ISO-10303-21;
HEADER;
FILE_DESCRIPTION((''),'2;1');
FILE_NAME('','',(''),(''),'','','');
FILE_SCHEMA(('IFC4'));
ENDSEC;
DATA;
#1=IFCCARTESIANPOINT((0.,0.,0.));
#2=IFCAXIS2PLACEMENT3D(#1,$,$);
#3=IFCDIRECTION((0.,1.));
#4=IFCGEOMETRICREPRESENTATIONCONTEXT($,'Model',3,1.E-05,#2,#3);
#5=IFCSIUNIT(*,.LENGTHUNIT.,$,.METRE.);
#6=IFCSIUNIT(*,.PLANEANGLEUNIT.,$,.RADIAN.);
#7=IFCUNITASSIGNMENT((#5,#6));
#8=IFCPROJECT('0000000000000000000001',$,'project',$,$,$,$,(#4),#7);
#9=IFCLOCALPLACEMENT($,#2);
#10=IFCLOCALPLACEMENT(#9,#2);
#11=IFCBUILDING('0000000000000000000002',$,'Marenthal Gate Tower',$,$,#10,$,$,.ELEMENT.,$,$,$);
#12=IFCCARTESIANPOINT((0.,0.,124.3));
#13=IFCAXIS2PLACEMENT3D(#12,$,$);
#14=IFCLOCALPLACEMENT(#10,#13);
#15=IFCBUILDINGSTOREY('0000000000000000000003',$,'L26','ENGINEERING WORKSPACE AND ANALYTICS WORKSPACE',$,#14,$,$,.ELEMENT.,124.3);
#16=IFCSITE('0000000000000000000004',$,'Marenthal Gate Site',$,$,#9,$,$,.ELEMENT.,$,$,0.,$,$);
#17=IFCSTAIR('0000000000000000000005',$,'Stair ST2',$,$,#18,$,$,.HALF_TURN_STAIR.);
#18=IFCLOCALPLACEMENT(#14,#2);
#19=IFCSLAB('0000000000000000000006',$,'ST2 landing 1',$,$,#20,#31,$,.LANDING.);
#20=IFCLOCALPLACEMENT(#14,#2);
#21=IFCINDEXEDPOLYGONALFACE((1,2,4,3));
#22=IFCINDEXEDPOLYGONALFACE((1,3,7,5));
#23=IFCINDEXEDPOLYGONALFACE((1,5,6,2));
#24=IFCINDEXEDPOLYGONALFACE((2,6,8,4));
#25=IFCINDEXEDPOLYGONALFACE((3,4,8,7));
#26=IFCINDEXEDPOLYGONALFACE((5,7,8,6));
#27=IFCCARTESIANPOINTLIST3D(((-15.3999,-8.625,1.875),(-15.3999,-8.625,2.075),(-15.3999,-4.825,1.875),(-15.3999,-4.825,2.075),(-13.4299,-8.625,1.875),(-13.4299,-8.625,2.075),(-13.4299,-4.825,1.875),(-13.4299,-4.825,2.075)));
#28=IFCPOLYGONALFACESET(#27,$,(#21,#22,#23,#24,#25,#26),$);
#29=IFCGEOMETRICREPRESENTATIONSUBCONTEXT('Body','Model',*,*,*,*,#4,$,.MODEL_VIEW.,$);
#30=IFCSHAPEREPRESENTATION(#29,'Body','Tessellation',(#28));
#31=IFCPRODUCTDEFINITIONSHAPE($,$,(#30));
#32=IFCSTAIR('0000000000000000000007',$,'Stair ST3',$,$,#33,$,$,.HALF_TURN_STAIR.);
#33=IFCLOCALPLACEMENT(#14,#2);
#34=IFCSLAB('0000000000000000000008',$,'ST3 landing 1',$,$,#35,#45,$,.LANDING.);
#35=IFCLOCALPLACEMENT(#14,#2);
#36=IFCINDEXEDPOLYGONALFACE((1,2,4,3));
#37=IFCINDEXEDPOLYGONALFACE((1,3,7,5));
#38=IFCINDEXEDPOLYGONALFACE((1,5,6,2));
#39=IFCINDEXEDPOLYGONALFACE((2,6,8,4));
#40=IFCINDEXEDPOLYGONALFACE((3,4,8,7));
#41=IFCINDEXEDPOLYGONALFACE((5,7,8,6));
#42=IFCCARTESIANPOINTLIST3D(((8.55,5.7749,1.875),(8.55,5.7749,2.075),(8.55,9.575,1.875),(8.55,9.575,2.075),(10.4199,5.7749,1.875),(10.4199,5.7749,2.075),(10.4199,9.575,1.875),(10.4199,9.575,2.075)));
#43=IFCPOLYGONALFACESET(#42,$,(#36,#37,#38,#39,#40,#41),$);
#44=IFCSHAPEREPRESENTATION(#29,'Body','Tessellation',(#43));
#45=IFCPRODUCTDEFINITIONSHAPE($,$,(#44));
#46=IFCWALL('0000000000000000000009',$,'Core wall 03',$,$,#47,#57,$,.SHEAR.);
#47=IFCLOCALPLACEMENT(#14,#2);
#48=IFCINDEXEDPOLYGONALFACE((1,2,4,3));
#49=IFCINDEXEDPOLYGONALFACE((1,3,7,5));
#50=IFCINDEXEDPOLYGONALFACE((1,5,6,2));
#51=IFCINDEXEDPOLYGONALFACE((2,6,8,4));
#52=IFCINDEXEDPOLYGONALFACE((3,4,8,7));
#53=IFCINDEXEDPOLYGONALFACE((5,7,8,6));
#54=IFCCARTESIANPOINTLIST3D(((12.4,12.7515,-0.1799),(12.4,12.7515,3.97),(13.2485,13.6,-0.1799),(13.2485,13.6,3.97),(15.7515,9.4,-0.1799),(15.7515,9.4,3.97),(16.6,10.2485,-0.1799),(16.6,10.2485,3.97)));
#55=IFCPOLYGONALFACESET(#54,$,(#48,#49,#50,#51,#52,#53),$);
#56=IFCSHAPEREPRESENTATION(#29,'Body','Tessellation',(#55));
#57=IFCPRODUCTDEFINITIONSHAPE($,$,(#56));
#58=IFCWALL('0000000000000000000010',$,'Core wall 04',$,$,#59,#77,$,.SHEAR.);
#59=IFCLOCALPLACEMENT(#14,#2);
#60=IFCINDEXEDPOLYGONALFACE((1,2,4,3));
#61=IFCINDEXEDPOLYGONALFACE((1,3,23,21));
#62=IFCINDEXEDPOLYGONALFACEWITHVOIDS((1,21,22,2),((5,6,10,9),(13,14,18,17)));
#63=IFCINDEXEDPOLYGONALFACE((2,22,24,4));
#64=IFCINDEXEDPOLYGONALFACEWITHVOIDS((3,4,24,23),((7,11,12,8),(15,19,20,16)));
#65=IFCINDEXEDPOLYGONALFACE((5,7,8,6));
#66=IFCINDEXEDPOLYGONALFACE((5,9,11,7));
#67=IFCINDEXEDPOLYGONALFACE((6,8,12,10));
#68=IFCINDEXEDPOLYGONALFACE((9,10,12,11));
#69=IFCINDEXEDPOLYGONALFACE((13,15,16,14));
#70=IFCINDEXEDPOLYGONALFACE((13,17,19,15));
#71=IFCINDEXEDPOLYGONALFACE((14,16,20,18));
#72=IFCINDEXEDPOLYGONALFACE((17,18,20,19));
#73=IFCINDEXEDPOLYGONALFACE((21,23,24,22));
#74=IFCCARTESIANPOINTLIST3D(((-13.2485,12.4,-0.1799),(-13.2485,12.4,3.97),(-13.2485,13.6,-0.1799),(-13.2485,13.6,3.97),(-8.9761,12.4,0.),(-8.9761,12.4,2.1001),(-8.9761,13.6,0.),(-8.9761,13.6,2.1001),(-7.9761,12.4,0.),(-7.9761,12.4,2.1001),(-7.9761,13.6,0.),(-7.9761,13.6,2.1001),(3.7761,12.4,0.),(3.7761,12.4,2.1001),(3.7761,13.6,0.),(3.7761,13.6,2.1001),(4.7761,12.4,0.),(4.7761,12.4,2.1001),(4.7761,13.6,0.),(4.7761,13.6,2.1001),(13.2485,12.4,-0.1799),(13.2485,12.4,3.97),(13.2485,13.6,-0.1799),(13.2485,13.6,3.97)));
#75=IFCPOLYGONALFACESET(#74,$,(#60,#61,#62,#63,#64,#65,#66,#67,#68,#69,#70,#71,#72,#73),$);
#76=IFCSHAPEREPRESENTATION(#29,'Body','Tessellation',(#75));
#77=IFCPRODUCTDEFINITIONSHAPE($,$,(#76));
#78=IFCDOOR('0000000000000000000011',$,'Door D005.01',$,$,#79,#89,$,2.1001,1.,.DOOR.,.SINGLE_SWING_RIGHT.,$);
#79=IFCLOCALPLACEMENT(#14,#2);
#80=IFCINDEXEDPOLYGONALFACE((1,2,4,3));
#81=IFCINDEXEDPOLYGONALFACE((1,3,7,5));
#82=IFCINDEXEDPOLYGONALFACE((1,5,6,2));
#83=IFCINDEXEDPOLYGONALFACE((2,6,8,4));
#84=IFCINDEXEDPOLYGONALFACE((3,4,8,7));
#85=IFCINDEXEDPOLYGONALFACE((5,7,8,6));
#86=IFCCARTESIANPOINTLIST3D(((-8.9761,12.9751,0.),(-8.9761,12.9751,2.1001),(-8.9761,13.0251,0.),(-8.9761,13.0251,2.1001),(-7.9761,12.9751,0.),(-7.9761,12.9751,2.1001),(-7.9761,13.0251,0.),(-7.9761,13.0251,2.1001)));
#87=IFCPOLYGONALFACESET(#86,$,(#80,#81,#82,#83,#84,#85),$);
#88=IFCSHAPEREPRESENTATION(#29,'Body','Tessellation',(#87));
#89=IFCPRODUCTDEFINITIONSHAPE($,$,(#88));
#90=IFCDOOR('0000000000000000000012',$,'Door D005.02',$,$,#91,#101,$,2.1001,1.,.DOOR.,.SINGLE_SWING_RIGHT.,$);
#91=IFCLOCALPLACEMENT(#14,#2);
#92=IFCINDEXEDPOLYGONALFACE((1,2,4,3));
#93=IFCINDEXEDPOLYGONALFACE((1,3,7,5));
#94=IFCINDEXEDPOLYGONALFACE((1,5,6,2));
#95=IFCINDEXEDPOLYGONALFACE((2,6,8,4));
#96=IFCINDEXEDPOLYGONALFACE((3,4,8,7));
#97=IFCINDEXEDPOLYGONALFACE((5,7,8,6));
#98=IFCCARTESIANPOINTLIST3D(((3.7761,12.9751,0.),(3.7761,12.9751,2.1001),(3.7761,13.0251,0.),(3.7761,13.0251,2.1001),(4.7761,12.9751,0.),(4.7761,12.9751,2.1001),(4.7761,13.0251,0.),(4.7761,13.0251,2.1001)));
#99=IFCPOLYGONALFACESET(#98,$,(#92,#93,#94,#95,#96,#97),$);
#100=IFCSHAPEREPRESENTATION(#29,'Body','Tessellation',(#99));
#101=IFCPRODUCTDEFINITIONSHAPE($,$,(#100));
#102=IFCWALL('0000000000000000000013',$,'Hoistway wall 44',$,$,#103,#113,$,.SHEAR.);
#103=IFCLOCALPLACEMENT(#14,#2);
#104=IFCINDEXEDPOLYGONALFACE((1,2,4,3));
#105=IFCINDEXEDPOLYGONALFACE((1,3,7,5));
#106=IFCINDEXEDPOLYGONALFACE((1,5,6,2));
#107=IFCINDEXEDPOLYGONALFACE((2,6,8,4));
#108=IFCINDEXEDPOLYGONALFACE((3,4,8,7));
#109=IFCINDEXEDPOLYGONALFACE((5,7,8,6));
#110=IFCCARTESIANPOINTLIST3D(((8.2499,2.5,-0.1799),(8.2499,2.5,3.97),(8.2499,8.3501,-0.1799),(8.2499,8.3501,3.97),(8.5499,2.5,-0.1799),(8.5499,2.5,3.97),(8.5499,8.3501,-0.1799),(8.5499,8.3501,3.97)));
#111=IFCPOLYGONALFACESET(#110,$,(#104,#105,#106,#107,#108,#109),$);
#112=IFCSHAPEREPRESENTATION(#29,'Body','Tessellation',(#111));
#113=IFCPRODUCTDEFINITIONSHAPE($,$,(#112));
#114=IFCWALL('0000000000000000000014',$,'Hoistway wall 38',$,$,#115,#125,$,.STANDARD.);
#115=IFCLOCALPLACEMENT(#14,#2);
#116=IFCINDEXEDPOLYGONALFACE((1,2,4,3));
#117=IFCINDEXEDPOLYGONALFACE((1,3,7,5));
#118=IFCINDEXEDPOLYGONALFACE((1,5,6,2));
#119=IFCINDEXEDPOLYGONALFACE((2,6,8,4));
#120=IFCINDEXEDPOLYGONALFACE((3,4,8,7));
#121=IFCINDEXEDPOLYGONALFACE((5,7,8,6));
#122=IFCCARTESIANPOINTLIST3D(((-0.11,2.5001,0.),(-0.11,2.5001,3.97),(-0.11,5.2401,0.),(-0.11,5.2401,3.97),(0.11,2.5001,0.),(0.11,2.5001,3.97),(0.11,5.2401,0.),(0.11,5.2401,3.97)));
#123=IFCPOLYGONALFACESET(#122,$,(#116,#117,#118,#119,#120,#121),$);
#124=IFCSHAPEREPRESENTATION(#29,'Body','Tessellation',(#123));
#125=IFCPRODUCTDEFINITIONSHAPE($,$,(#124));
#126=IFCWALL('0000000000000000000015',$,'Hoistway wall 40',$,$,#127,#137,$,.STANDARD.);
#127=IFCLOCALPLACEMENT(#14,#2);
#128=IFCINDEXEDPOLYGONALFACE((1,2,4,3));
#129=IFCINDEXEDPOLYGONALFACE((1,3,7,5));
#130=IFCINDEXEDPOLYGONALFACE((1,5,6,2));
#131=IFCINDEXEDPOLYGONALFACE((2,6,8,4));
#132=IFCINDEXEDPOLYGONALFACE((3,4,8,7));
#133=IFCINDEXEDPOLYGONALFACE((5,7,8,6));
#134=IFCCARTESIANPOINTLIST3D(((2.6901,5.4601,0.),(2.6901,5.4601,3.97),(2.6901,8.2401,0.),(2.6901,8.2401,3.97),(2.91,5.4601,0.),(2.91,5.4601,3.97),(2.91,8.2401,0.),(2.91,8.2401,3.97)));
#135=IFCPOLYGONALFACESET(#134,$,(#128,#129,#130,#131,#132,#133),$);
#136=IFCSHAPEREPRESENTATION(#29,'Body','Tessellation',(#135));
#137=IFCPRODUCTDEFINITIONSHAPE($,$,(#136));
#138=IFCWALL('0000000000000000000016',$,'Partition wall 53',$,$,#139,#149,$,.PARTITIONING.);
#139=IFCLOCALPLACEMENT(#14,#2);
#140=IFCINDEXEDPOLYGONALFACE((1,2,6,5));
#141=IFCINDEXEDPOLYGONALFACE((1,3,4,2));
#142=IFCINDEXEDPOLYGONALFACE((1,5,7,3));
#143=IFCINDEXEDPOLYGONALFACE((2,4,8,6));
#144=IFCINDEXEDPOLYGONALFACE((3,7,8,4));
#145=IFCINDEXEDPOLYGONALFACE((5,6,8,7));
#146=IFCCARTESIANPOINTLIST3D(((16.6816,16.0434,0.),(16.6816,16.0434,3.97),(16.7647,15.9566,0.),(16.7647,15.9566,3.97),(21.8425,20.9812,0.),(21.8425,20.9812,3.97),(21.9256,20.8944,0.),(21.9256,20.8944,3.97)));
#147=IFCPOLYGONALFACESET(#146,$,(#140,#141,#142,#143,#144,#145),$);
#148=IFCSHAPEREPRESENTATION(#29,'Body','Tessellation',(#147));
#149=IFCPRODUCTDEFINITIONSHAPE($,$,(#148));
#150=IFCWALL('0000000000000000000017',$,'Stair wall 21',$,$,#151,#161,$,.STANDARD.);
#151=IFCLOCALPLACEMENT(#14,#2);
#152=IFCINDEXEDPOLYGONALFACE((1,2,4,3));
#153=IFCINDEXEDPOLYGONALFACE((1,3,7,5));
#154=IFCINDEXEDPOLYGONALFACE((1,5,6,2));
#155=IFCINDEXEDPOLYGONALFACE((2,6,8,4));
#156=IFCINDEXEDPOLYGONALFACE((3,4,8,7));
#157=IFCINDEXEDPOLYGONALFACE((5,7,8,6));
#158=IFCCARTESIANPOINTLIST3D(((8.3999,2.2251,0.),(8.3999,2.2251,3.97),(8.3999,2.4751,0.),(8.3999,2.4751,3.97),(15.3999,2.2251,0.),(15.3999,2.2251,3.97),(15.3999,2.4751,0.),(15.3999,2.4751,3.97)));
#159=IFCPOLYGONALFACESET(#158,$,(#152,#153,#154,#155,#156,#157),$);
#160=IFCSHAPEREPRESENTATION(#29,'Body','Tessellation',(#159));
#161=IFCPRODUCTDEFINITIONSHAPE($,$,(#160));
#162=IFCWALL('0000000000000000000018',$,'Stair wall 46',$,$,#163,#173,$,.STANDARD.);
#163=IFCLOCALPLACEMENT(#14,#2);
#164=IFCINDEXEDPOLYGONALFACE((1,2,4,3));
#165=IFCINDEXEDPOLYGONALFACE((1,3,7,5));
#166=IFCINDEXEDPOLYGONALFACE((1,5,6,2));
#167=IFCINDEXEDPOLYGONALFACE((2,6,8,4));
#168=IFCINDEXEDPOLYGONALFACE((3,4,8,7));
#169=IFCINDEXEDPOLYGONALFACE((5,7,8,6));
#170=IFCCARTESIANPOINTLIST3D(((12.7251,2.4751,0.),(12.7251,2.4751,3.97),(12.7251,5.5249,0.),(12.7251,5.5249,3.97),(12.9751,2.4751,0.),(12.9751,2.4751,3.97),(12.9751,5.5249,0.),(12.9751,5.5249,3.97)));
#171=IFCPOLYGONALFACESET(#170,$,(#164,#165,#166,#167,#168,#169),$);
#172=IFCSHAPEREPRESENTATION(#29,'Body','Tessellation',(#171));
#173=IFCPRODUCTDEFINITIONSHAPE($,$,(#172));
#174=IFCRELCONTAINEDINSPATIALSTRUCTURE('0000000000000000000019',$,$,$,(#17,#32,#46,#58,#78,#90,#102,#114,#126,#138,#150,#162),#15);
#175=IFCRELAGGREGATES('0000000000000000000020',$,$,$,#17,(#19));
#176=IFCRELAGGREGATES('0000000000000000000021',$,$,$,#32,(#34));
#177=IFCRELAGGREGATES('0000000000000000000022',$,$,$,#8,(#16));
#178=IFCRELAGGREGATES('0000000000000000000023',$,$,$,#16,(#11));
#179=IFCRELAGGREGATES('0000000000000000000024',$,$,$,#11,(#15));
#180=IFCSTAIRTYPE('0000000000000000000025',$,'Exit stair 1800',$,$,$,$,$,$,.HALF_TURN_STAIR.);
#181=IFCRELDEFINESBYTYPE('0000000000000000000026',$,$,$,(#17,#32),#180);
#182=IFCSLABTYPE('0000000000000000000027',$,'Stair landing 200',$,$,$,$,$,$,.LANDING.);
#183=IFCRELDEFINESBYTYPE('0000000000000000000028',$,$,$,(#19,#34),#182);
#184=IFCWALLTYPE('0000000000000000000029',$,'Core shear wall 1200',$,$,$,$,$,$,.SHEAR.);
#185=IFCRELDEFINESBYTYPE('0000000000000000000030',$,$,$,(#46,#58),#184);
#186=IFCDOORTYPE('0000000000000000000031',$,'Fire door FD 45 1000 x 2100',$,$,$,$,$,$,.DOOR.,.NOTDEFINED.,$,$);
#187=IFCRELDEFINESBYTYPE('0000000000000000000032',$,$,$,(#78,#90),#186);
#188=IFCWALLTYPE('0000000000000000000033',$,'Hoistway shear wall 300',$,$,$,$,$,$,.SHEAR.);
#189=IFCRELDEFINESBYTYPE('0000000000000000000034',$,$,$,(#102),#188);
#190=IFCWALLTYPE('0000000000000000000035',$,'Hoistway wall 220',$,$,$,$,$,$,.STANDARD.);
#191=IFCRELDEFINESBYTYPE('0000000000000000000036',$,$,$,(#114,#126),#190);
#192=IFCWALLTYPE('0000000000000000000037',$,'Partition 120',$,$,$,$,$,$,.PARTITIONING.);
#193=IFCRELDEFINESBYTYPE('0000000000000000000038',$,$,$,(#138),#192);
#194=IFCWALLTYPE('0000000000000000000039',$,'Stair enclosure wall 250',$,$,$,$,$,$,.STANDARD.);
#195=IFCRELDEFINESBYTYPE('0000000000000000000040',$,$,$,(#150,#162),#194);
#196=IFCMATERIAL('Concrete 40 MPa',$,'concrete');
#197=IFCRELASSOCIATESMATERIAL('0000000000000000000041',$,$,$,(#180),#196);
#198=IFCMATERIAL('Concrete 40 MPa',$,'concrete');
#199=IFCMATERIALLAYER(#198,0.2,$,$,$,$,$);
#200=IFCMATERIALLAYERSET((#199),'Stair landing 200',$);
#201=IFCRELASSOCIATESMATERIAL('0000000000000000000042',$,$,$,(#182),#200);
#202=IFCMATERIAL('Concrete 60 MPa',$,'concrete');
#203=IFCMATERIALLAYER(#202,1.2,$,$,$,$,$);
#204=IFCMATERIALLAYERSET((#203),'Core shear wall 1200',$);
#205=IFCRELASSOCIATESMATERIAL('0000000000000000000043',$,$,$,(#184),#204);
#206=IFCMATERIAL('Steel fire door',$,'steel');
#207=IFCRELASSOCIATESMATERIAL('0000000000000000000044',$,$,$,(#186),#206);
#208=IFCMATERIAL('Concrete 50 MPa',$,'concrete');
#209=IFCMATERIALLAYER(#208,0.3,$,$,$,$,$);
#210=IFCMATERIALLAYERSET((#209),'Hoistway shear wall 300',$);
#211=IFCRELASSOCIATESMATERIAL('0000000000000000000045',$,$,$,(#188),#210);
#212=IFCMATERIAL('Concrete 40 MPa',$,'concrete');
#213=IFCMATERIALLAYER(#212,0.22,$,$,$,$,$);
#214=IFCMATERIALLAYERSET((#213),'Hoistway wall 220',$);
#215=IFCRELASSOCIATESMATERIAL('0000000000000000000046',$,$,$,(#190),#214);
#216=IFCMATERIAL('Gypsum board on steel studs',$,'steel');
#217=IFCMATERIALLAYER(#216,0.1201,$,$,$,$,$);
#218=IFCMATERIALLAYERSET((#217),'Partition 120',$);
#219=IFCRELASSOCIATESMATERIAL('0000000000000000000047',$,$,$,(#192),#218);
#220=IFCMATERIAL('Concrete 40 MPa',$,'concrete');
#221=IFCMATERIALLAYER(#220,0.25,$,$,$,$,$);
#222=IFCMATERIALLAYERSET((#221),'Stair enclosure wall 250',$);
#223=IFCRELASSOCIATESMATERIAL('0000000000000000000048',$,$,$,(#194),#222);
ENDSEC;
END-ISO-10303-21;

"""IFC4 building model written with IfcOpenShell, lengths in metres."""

from ifc_helpers import new_model, si_unit, direction, frame, frame_2d, origin, place, context, subcontext, project, spatial, polyline, rectangle, outline, extrude, material, layer, layer_set, type_object, element, fill, aggregate, save


model = new_model("IFC4")

# Units and contexts
model_context = context("Model", 3, precision=1e-05, world=origin(), true_north=direction((0.0, 1.0)))
body_context = subcontext(model_context, "Body", "Model", "MODEL_VIEW")
ifc_project = project(units=[si_unit("LENGTHUNIT", "METRE"), si_unit("PLANEANGLEUNIT", "RADIAN")], contexts=[model_context])

# Site, building, storey
site_placement = place(None, origin())
site = spatial("IfcSite", under=ifc_project, at=site_placement, Name="Marenthal Gate Site", CompositionType="ELEMENT", RefElevation=0.0)
building_placement = place(site_placement, origin())
building = spatial("IfcBuilding", under=site, at=building_placement, Name="Marenthal Gate Tower", CompositionType="ELEMENT")
storey_placement = place(building_placement, frame((0.0, 0.0, 124.3)))
storey = spatial("IfcBuildingStorey", under=building, at=storey_placement, Name="L26", Description="ENGINEERING WORKSPACE AND ANALYTICS WORKSPACE", CompositionType="ELEMENT", Elevation=124.3)

# Stairs, slabs
ifc_material_1 = material(Name="Concrete 40 MPa", Category="concrete")
stair_type = type_object("IfcStairType", Name="Exit stair 1800", PredefinedType="HALF_TURN_STAIR", material=ifc_material_1)
ifc_material_2 = material(Name="Concrete 40 MPa", Category="concrete")
ifc_layer_1 = layer(ifc_material_2, 0.2)
ifc_layer_set_1 = layer_set([ifc_layer_1], Name="Stair landing 200")
slab_type_1 = type_object("IfcSlabType", Name="Stair landing 200", PredefinedType="LANDING", material=ifc_layer_set_1)
stair_1_placement = place(storey_placement, origin())
stair_1 = element("IfcStair", 1, at=stair_1_placement, inside=storey, type_object=stair_type, Name="Stair ST2", PredefinedType="HALF_TURN_STAIR")
slab_1_placement = place(storey_placement, frame((0.0, 0.0, 1.875)))
slab_1 = element("IfcSlab", 2, at=slab_1_placement, type_object=slab_type_1, Name="ST2 landing 1", PredefinedType="LANDING", context=body_context, shape_type="SweptSolid", body=[
    extrude(outline(polyline([(-15.3999, -8.625), (-13.4299, -8.625), (-13.4299, -4.825), (-15.3999, -4.825), (-15.3999, -8.625)])), origin(), (0.0, 0.0, 1.0), 0.2),
])
aggregate(stair_1, [slab_1])
stair_2_placement = place(storey_placement, origin())
stair_2 = element("IfcStair", 3, at=stair_2_placement, inside=storey, type_object=stair_type, Name="Stair ST3", PredefinedType="HALF_TURN_STAIR")
slab_2_placement = place(storey_placement, frame((0.0, 0.0, 1.875)))
slab_2 = element("IfcSlab", 4, at=slab_2_placement, type_object=slab_type_1, Name="ST3 landing 1", PredefinedType="LANDING", context=body_context, shape_type="SweptSolid", body=[
    extrude(outline(polyline([(8.55, 5.7749), (10.4199, 5.7749), (10.4199, 9.575), (8.55, 9.575), (8.55, 5.7749)])), origin(), (0.0, 0.0, 1.0), 0.2),
])

# Wall
ifc_material_3 = material(Name="Concrete 60 MPa", Category="concrete")
ifc_layer_2 = layer(ifc_material_3, 1.2)
ifc_layer_set_2 = layer_set([ifc_layer_2], Name="Core shear wall 1200")
wall_type_1 = type_object("IfcWallType", Name="Core shear wall 1200", PredefinedType="SHEAR", material=ifc_layer_set_2)
wall_1_placement = place(storey_placement, frame((16.1758, 9.8242, -0.1799), z_axis=(0.0, 0.0, 1.0), x_axis=(-0.707107, 0.707107, 0.0)))
element("IfcWall", 5, at=wall_1_placement, inside=storey, type_object=wall_type_1, Name="Core wall 03", PredefinedType="SHEAR", context=body_context, shape_type="SweptSolid", body=[
    extrude(rectangle(XDim=4.7397, YDim=1.2, at=frame_2d((2.3699, 0.0))), origin(), (0.0, 0.0, 1.0), 4.1499),
])

# Wall, openings, doors
wall_2_placement = place(storey_placement, frame((13.2485, 13.0, -0.1799), z_axis=(0.0, 0.0, 1.0), x_axis=(-1.0, 0.0, 0.0)))
wall_2 = element("IfcWall", 6, at=wall_2_placement, inside=storey, type_object=wall_type_1, Name="Core wall 04", PredefinedType="SHEAR", context=body_context, shape_type="SweptSolid", body=[
    extrude(rectangle(XDim=26.4971, YDim=1.2, at=frame_2d((13.2485, 0.0))), origin(), (0.0, 0.0, 1.0), 4.1499),
])
opening_1_placement = place(wall_2_placement, frame((21.2246, 0.0, 0.1799)))
opening_1 = element("IfcOpeningElement", 7, at=opening_1_placement, cuts=wall_2, PredefinedType="OPENING", context=body_context, shape_type="SweptSolid", body=[
    extrude(rectangle(XDim=1.0, YDim=2.1001, at=frame_2d((0.5, 1.05))), frame((0.0, 0.6099, 0.0), z_axis=(0.0, -1.0, 0.0), x_axis=(1.0, 0.0, 0.0)), (0.0, 0.0, 1.0), 1.22),
])
opening_2_placement = place(wall_2_placement, frame((8.4724, 0.0, 0.1799)))
opening_2 = element("IfcOpeningElement", 8, at=opening_2_placement, cuts=wall_2, PredefinedType="OPENING", context=body_context, shape_type="SweptSolid", body=[
    extrude(rectangle(XDim=1.0, YDim=2.1001, at=frame_2d((0.5, 1.05))), frame((0.0, 0.6099, 0.0), z_axis=(0.0, -1.0, 0.0), x_axis=(1.0, 0.0, 0.0)), (0.0, 0.0, 1.0), 1.22),
])
ifc_material_4 = material(Name="Steel fire door", Category="steel")
door_type_1 = type_object("IfcDoorType", Name="Fire door FD 45 1000 x 2100", OperationType="NOTDEFINED", PredefinedType="DOOR", material=ifc_material_4)
door_1_placement = place(opening_1_placement, origin())
door_1 = element("IfcDoor", 9, at=door_1_placement, inside=storey, type_object=door_type_1, Name="Door D005.01", OperationType="SINGLE_SWING_RIGHT", OverallHeight=2.1001, OverallWidth=1.0, PredefinedType="DOOR", context=body_context, shape_type="SweptSolid", body=[
    extrude(rectangle(XDim=1.0, YDim=2.1001, at=frame_2d((0.5, 1.05))), frame((0.0, 0.0249, 0.0), z_axis=(0.0, -1.0, 0.0), x_axis=(1.0, 0.0, 0.0)), (0.0, 0.0, 1.0), 0.05),
])
fill(opening_1, door_1)
door_2_placement = place(opening_2_placement, origin())
door_2 = element("IfcDoor", 10, at=door_2_placement, inside=storey, type_object=door_type_1, Name="Door D005.02", OperationType="SINGLE_SWING_RIGHT", OverallHeight=2.1001, OverallWidth=1.0, PredefinedType="DOOR", context=body_context, shape_type="SweptSolid", body=[
    extrude(rectangle(XDim=1.0, YDim=2.1001, at=frame_2d((0.5, 1.05))), frame((0.0, 0.0249, 0.0), z_axis=(0.0, -1.0, 0.0), x_axis=(1.0, 0.0, 0.0)), (0.0, 0.0, 1.0), 0.05),
])
fill(opening_2, door_2)

# Walls
ifc_material_5 = material(Name="Concrete 50 MPa", Category="concrete")
ifc_layer_3 = layer(ifc_material_5, 0.3)
ifc_layer_set_3 = layer_set([ifc_layer_3], Name="Hoistway shear wall 300")
wall_type_2 = type_object("IfcWallType", Name="Hoistway shear wall 300", PredefinedType="SHEAR", material=ifc_layer_set_3)
wall_3_placement = place(storey_placement, frame((8.3999, 2.5, -0.1799), z_axis=(0.0, 0.0, 1.0), x_axis=(0.0, 1.0, 0.0)))
element("IfcWall", 11, at=wall_3_placement, inside=storey, type_object=wall_type_2, Name="Hoistway wall 44", PredefinedType="SHEAR", context=body_context, shape_type="SweptSolid", body=[
    extrude(rectangle(XDim=5.8501, YDim=0.3, at=frame_2d((2.925, 0.0))), origin(), (0.0, 0.0, 1.0), 4.1499),
])
ifc_material_6 = material(Name="Concrete 40 MPa", Category="concrete")
ifc_layer_4 = layer(ifc_material_6, 0.22)
ifc_layer_set_4 = layer_set([ifc_layer_4], Name="Hoistway wall 220")
wall_type_3 = type_object("IfcWallType", Name="Hoistway wall 220", PredefinedType="STANDARD", material=ifc_layer_set_4)
wall_4_placement = place(storey_placement, frame((0.0, 2.5, 0.0), z_axis=(0.0, 0.0, 1.0), x_axis=(0.0, 1.0, 0.0)))
element("IfcWall", 12, at=wall_4_placement, inside=storey, type_object=wall_type_3, Name="Hoistway wall 38", PredefinedType="STANDARD", context=body_context, shape_type="SweptSolid", body=[
    extrude(rectangle(XDim=2.74, YDim=0.22, at=frame_2d((1.3701, 0.0))), origin(), (0.0, 0.0, 1.0), 3.97),
])
wall_5_placement = place(storey_placement, frame((2.8, 5.46, 0.0), z_axis=(0.0, 0.0, 1.0), x_axis=(0.0, 1.0, 0.0)))
element("IfcWall", 13, at=wall_5_placement, inside=storey, type_object=wall_type_3, Name="Hoistway wall 40", PredefinedType="STANDARD", context=body_context, shape_type="SweptSolid", body=[
    extrude(rectangle(XDim=2.78, YDim=0.22, at=frame_2d((1.3901, 0.0))), origin(), (0.0, 0.0, 1.0), 3.97),
])
ifc_material_7 = material(Name="Gypsum board on steel studs", Category="steel")
ifc_layer_5 = layer(ifc_material_7, 0.1201)
ifc_layer_set_5 = layer_set([ifc_layer_5], Name="Partition 120")
wall_type_4 = type_object("IfcWallType", Name="Partition 120", PredefinedType="PARTITIONING", material=ifc_layer_set_5)
wall_6_placement = place(storey_placement, frame((16.7231, 16.0, 0.0), z_axis=(0.0, 0.0, 1.0), x_axis=(0.722555, 0.691313, 0.0)))
element("IfcWall", 14, at=wall_6_placement, inside=storey, type_object=wall_type_4, Name="Partition wall 53", PredefinedType="PARTITIONING", context=body_context, shape_type="SweptSolid", body=[
    extrude(rectangle(XDim=7.1426, YDim=0.1201, at=frame_2d((3.5713, 0.0))), origin(), (0.0, 0.0, 1.0), 3.97),
])
ifc_material_8 = material(Name="Concrete 40 MPa", Category="concrete")
ifc_layer_6 = layer(ifc_material_8, 0.25)
ifc_layer_set_6 = layer_set([ifc_layer_6], Name="Stair enclosure wall 250")
wall_type_5 = type_object("IfcWallType", Name="Stair enclosure wall 250", PredefinedType="STANDARD", material=ifc_layer_set_6)
wall_7_placement = place(storey_placement, frame((8.3999, 2.3501, 0.0), z_axis=(0.0, 0.0, 1.0), x_axis=(1.0, 0.0, 0.0)))
element("IfcWall", 15, at=wall_7_placement, inside=storey, type_object=wall_type_5, Name="Stair wall 21", PredefinedType="STANDARD", context=body_context, shape_type="SweptSolid", body=[
    extrude(rectangle(XDim=7.0, YDim=0.25, at=frame_2d((3.5, 0.0))), origin(), (0.0, 0.0, 1.0), 3.97),
])
wall_8_placement = place(storey_placement, frame((12.8501, 2.4751, 0.0), z_axis=(0.0, 0.0, 1.0), x_axis=(0.0, 1.0, 0.0)))
element("IfcWall", 16, at=wall_8_placement, inside=storey, type_object=wall_type_5, Name="Stair wall 46", PredefinedType="STANDARD", context=body_context, shape_type="SweptSolid", body=[
    extrude(rectangle(XDim=3.0498, YDim=0.25, at=frame_2d((1.5249, 0.0))), origin(), (0.0, 0.0, 1.0), 3.97),
])

aggregate(stair_2, [slab_2])

save(model, "model.ifc")
